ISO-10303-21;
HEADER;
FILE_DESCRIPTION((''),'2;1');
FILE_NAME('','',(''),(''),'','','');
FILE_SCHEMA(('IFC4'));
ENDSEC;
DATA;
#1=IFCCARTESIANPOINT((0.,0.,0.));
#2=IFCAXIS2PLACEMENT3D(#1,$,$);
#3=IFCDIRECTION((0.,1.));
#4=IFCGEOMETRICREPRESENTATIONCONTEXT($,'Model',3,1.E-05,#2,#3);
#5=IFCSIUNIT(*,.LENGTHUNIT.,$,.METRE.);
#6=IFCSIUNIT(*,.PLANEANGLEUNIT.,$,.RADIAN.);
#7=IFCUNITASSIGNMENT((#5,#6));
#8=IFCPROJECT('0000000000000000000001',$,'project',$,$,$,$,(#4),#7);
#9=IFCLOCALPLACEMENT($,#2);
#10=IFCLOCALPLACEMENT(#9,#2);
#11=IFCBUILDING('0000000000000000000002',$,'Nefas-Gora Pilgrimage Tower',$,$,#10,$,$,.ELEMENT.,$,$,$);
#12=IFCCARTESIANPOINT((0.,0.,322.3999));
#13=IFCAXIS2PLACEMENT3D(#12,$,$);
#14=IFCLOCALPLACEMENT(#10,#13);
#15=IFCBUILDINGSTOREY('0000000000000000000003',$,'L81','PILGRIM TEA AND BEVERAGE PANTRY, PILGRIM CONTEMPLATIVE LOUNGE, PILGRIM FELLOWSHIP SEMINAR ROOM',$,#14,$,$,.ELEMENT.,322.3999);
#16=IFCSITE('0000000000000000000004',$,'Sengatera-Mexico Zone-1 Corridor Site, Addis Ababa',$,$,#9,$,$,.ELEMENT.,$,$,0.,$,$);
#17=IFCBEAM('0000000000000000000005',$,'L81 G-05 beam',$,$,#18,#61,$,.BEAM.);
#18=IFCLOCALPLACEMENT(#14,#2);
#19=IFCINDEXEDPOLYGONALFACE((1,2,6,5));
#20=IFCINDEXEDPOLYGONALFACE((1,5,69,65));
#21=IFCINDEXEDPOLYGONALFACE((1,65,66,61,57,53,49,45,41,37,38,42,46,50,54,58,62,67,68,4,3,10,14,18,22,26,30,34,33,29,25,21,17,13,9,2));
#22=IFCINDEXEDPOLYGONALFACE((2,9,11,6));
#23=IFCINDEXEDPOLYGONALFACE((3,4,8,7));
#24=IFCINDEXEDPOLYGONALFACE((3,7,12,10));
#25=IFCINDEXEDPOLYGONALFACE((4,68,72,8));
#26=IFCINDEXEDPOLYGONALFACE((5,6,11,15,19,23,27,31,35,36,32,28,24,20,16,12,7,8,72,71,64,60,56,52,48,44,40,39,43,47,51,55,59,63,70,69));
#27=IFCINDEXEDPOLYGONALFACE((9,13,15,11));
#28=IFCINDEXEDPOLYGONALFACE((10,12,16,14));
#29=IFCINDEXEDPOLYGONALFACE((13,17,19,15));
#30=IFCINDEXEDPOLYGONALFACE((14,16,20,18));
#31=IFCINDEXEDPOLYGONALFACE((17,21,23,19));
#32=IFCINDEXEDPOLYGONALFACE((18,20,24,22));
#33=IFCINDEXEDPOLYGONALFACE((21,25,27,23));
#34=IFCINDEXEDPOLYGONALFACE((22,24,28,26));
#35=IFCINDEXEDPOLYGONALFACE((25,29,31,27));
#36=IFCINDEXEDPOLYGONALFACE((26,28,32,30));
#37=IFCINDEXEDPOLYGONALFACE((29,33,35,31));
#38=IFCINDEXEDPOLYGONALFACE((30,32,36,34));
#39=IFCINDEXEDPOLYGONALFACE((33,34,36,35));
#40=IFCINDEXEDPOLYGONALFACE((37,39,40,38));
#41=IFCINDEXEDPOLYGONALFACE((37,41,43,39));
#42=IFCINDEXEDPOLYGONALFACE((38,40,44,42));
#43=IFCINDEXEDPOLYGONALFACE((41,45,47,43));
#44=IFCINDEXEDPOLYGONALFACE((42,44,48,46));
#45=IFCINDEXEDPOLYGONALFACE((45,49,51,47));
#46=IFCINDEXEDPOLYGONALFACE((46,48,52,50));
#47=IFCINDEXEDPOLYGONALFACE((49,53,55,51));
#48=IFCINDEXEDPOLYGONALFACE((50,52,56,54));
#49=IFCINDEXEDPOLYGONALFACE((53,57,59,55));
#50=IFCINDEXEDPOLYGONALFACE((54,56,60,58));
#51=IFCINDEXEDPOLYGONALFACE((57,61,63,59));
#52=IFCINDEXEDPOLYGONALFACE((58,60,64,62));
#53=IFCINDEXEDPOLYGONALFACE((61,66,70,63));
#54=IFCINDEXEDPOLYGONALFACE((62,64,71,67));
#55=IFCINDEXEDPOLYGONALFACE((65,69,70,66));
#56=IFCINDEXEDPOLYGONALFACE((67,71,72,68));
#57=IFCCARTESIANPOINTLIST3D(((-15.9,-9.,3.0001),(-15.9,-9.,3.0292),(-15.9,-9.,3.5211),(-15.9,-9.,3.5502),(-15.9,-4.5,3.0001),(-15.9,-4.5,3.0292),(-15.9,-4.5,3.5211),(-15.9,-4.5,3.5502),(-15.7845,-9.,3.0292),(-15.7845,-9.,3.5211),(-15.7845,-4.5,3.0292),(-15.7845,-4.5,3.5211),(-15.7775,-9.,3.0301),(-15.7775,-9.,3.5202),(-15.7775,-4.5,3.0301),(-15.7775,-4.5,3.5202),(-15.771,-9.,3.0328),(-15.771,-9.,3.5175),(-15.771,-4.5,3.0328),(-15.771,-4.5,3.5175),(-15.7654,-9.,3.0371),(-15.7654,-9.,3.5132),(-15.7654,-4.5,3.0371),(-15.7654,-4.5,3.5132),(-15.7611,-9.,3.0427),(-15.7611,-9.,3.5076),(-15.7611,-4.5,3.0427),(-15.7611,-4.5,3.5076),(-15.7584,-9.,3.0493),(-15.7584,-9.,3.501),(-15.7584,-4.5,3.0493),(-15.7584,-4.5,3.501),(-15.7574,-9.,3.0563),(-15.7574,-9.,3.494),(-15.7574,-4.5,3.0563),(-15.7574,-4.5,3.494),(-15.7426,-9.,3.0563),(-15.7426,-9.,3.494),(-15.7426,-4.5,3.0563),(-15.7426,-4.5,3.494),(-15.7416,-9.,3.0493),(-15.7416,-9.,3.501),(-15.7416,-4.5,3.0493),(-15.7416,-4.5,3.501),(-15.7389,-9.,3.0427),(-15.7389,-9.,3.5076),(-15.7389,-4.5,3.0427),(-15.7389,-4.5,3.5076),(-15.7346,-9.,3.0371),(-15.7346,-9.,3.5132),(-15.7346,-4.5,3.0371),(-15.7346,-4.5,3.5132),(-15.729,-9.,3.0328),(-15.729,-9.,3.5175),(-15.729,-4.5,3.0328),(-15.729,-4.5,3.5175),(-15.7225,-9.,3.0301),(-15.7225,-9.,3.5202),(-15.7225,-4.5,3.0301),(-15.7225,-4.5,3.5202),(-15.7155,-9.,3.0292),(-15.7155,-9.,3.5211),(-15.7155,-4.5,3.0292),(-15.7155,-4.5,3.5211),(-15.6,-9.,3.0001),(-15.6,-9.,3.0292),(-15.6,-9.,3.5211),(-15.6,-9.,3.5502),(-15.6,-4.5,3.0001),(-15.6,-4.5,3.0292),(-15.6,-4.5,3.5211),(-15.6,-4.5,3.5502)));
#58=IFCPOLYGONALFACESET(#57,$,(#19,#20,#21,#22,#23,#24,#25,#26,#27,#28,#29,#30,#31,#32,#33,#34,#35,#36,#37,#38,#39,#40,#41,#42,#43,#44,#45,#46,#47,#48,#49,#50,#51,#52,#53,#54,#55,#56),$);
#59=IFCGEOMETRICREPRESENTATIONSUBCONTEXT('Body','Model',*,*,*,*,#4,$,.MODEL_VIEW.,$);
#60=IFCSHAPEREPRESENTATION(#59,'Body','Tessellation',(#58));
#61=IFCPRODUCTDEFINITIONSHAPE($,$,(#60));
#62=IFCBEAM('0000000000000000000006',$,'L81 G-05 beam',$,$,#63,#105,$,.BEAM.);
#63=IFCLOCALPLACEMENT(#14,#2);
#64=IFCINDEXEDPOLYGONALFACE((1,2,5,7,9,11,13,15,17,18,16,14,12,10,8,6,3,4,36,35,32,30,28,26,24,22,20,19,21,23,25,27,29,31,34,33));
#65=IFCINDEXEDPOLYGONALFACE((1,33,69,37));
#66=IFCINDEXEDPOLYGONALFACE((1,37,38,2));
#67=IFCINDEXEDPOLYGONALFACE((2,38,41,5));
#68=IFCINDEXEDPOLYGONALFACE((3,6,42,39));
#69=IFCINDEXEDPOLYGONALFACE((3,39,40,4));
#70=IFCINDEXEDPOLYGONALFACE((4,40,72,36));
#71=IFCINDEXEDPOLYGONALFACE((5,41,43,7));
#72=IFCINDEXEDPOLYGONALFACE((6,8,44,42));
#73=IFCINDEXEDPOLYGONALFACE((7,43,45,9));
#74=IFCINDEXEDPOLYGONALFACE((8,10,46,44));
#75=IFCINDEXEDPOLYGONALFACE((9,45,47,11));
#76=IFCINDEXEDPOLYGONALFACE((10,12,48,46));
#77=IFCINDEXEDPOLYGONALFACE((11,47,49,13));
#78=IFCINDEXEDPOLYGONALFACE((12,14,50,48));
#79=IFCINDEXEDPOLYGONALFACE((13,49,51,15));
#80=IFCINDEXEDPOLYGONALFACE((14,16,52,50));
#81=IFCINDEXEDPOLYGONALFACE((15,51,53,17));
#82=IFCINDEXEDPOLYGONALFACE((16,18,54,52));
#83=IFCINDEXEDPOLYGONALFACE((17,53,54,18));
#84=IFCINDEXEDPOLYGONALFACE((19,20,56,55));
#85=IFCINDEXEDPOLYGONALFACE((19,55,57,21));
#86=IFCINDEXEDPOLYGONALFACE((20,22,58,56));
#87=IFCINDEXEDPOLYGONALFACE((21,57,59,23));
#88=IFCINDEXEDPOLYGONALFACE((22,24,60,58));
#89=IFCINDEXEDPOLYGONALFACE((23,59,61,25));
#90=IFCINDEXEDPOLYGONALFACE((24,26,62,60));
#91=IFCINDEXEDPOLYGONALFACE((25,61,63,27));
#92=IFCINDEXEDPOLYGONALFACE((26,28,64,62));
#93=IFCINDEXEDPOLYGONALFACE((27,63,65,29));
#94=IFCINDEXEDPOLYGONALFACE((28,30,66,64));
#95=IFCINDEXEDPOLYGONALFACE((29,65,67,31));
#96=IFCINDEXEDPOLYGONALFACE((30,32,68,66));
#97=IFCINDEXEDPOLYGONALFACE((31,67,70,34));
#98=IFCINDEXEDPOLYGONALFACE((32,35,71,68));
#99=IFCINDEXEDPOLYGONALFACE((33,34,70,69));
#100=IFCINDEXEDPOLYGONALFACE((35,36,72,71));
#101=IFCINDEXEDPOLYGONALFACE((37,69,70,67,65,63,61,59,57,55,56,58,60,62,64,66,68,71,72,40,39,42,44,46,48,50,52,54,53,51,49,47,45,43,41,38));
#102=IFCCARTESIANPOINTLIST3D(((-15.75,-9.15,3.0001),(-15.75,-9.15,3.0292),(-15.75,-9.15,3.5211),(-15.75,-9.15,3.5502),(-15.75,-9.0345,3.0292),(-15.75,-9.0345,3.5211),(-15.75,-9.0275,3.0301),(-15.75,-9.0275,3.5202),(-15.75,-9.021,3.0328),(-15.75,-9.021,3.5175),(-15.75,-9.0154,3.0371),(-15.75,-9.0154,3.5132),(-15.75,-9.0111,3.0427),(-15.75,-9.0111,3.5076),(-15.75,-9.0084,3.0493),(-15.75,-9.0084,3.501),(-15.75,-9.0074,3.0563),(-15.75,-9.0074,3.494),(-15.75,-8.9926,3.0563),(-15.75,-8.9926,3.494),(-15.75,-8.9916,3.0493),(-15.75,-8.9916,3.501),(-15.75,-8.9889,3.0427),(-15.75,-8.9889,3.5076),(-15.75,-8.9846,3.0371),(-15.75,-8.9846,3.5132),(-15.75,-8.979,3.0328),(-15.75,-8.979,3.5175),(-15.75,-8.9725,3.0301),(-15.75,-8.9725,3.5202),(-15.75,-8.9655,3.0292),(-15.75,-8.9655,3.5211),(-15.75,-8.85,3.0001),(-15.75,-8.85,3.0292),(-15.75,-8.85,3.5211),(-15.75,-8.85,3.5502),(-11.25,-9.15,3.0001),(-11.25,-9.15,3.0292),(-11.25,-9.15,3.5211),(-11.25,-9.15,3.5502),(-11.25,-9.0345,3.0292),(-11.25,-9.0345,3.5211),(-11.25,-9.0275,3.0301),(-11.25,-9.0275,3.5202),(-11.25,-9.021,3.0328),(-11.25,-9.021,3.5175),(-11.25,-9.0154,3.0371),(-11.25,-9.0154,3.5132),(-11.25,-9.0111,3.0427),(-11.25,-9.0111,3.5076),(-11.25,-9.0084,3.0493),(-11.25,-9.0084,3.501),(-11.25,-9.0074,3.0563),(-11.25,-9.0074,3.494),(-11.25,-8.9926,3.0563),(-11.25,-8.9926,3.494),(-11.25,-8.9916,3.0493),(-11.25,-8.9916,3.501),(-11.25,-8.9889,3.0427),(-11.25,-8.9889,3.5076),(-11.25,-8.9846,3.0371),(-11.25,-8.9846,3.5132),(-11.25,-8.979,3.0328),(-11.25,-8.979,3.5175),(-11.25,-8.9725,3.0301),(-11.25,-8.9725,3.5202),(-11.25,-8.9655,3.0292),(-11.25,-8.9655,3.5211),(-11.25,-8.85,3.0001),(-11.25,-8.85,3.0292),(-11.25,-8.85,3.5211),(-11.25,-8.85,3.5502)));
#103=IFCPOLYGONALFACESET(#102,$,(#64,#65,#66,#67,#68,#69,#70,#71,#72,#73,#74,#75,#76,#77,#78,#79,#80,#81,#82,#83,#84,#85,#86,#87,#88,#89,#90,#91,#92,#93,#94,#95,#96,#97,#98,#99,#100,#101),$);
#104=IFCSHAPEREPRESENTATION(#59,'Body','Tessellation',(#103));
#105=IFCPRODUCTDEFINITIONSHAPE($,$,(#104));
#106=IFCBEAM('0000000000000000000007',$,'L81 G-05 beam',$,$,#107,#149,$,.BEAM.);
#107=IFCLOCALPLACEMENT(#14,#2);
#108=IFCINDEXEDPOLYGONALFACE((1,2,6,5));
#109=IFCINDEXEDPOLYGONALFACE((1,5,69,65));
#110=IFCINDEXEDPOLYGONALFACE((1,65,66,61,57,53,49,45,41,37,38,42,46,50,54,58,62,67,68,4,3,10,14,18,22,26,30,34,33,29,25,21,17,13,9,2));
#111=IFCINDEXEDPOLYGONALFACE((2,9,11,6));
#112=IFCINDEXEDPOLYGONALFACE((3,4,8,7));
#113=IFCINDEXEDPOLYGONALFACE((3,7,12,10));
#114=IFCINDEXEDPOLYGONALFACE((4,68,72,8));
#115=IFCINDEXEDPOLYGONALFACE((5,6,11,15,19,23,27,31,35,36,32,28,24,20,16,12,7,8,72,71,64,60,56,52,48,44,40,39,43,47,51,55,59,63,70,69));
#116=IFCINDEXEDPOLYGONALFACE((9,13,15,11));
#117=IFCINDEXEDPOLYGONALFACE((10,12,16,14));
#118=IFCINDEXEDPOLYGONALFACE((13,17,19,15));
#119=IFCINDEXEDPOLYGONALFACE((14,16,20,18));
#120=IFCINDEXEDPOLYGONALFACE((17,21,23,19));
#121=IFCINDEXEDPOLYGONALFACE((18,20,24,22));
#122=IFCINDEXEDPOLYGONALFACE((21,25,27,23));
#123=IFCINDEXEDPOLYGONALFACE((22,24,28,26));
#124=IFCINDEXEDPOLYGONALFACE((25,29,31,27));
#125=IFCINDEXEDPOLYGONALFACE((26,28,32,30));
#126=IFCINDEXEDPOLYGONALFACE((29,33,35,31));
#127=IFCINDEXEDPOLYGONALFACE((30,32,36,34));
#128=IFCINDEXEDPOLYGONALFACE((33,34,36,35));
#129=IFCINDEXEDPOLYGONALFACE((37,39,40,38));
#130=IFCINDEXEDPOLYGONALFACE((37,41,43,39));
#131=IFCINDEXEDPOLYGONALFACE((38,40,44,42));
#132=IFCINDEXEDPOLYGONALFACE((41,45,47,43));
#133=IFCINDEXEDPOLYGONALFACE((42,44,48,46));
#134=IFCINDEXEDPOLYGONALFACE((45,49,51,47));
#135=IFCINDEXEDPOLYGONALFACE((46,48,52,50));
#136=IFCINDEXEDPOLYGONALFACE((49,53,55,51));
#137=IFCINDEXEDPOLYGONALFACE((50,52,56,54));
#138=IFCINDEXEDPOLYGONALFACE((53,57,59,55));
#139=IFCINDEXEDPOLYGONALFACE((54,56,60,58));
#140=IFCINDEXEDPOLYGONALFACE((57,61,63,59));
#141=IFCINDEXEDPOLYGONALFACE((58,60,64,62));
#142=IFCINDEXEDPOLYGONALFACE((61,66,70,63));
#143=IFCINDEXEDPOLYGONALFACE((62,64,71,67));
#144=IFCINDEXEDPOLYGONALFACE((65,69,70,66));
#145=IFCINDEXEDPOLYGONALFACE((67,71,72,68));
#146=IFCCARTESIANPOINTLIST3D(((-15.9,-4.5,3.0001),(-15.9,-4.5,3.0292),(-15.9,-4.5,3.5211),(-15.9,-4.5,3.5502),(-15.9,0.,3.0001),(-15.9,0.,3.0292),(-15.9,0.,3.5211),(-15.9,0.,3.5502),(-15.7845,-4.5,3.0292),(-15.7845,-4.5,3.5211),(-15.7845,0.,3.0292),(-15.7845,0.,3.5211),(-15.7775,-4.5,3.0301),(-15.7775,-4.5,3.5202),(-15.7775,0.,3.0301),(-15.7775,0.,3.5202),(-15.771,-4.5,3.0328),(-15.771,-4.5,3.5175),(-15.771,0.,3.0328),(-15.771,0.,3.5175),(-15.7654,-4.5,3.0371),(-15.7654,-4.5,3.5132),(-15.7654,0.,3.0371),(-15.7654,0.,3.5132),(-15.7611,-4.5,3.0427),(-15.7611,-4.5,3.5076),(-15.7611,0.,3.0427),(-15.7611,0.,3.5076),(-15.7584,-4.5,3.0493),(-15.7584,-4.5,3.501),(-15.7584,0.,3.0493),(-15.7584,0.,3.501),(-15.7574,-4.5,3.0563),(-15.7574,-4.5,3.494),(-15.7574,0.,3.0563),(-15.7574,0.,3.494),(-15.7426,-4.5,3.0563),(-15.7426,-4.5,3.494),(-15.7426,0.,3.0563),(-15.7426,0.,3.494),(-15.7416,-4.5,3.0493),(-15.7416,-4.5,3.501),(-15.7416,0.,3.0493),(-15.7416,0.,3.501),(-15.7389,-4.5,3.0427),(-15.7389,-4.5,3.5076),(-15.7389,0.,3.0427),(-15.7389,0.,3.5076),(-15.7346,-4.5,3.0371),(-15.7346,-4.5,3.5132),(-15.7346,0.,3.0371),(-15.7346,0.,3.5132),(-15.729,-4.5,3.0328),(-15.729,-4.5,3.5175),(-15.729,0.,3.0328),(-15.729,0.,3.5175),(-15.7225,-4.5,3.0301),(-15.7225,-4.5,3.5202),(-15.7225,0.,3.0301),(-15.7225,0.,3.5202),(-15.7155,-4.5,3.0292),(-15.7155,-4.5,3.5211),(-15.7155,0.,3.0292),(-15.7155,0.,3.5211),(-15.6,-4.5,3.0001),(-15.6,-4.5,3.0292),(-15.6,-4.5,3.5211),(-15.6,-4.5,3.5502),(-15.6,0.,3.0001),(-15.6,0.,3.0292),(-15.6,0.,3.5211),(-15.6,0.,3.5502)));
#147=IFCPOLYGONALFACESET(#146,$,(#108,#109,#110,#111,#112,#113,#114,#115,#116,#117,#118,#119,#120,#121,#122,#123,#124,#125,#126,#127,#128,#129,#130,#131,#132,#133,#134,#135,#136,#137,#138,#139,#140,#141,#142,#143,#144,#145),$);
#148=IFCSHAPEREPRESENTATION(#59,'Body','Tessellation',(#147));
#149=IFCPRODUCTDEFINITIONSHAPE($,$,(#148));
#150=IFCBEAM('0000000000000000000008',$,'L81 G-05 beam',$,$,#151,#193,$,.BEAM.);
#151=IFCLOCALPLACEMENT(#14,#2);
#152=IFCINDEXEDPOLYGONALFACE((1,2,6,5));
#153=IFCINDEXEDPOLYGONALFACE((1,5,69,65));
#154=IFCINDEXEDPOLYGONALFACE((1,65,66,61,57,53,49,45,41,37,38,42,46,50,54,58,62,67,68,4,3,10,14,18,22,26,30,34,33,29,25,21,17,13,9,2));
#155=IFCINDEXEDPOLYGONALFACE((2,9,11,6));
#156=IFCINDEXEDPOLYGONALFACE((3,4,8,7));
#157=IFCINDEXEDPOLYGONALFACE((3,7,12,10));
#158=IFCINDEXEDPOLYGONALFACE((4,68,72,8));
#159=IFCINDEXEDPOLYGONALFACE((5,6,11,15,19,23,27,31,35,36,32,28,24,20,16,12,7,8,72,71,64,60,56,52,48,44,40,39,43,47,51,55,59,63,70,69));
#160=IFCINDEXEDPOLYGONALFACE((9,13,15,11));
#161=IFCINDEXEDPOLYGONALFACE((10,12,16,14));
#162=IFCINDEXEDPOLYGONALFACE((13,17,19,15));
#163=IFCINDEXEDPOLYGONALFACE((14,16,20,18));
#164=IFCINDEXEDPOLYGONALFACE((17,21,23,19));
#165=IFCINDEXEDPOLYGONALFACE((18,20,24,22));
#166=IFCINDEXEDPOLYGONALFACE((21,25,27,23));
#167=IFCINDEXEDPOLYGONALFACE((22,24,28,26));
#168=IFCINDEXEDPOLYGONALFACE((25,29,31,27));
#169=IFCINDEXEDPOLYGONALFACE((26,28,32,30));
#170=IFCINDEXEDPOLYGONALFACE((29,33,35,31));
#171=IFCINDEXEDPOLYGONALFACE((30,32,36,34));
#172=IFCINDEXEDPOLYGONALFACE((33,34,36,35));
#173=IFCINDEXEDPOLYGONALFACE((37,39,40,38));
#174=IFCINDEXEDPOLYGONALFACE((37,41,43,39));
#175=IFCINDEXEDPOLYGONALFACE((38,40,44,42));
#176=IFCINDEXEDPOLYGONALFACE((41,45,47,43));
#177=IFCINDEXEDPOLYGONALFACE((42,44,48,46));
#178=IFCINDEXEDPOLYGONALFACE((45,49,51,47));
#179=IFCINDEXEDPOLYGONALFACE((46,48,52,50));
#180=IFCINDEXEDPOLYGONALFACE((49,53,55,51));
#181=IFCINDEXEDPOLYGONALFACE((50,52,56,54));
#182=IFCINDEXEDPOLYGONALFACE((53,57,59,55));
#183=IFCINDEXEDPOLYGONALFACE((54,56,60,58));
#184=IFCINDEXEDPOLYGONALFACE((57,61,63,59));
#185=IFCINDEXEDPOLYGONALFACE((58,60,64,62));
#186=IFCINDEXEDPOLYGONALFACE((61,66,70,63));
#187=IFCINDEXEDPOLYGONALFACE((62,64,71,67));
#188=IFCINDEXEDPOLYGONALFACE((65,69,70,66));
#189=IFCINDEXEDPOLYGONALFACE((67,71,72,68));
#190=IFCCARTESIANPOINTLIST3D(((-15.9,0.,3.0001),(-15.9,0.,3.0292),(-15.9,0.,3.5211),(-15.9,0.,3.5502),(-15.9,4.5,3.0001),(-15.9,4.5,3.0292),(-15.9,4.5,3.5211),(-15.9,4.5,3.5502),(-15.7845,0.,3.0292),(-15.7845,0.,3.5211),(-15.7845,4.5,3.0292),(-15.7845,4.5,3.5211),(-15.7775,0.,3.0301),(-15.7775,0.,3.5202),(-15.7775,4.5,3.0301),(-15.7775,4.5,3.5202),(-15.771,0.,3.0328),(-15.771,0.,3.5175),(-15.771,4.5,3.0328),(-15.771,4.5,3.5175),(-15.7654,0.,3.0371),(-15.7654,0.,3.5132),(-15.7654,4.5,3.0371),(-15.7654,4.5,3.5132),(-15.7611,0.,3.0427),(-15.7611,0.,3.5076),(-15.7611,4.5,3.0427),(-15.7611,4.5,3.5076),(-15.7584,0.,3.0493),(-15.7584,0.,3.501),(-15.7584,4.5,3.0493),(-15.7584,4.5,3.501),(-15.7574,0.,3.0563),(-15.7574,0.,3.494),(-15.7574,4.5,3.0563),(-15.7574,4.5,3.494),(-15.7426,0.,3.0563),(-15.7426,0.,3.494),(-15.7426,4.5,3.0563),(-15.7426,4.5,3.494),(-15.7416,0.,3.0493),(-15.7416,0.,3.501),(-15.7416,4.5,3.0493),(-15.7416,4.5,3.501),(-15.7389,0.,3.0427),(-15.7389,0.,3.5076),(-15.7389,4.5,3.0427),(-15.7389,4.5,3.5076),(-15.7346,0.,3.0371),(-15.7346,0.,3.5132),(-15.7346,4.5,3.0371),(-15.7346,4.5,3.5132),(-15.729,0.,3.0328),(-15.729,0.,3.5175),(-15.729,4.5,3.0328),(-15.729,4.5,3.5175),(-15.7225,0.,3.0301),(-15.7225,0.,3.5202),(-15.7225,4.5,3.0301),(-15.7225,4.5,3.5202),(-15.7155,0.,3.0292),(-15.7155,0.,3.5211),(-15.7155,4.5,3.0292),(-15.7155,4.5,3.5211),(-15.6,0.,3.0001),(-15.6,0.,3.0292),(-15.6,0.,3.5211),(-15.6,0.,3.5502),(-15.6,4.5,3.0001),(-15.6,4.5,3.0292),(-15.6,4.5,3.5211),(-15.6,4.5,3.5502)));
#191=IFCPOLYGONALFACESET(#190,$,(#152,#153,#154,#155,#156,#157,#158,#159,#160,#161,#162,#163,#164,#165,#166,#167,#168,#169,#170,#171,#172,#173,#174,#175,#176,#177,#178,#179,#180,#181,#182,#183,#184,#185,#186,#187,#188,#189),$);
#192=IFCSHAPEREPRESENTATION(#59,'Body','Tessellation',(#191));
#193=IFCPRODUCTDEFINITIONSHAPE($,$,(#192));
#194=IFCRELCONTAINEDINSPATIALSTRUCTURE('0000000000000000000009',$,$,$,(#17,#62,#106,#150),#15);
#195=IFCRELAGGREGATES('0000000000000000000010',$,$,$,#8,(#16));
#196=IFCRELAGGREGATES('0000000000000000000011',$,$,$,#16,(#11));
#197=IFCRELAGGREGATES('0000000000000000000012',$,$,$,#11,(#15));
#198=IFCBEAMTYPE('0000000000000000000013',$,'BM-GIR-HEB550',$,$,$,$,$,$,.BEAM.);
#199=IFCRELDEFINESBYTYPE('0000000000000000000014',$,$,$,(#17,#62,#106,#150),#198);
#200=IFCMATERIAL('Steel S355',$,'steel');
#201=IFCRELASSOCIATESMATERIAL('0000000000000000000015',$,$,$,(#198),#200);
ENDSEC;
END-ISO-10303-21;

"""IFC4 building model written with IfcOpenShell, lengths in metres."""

from ifc_helpers import new_model, si_unit, direction, frame, origin, origin_2d, place, context, subcontext, project, spatial, i_section, extrude, source, transform, mapped, material, material_profile, profile_set, type_object, element, save


model = new_model("IFC4")

# Units and contexts
model_context = context("Model", 3, precision=1e-05, world=origin(), true_north=direction((0.0, 1.0)))
body_context = subcontext(model_context, "Body", "Model", "MODEL_VIEW")
ifc_project = project(units=[si_unit("LENGTHUNIT", "METRE"), si_unit("PLANEANGLEUNIT", "RADIAN")], contexts=[model_context])

# Site, building, storey
site_placement = place(None, origin())
site = spatial("IfcSite", under=ifc_project, at=site_placement, Name="Sengatera-Mexico Zone-1 Corridor Site, Addis Ababa", CompositionType="ELEMENT", RefElevation=0.0)
building_placement = place(site_placement, origin())
building = spatial("IfcBuilding", under=site, at=building_placement, Name="Nefas-Gora Pilgrimage Tower", CompositionType="ELEMENT")
storey_placement = place(building_placement, frame((0.0, 0.0, 322.3999)))
storey = spatial("IfcBuildingStorey", under=building, at=storey_placement, Name="L81", Description="PILGRIM TEA AND BEVERAGE PANTRY, PILGRIM CONTEMPLATIVE LOUNGE, PILGRIM FELLOWSHIP SEMINAR ROOM", CompositionType="ELEMENT", Elevation=322.3999)

# Shared definitions
ifc_material_1 = material(Name="Steel S355", Category="steel")

# Beams
ifc_material_profile_1 = material_profile(ifc_material_1, i_section(OverallWidth=0.3, OverallDepth=0.55, WebThickness=0.0149, FlangeThickness=0.0291, FilletRadius=0.0271, at=origin_2d()), Name="HEB 550")
ifc_profile_set_1 = profile_set([ifc_material_profile_1], Name="Steel S355")
beam_type_1 = type_object("IfcBeamType", Name="BM-GIR-HEB550", PredefinedType="BEAM", material=ifc_profile_set_1)
shared_shape_1 = source(origin(), body_context, "Body", "SweptSolid", [
    extrude(i_section(OverallWidth=0.3, OverallDepth=0.55, WebThickness=0.0149, FlangeThickness=0.0291, FilletRadius=0.0271, at=origin_2d()), origin(), (0.0, 0.0, 1.0), 4.5),
])
for number, where, z_axis, x_axis, name in (
    (1, (-15.75, -9.0, 3.2751), (0.0, 1.0, 0.0), (-1.0, 0.0, 0.0), "L81 G-05 beam"),
    (2, (-15.75, -9.0, 3.2751), (1.0, 0.0, 0.0), (0.0, 1.0, 0.0), "L81 G-05 beam"),
    (3, (-15.75, -4.5, 3.2751), (0.0, 1.0, 0.0), (-1.0, 0.0, 0.0), "L81 G-05 beam"),
    (4, (-15.75, 0.0, 3.2751), (0.0, 1.0, 0.0), (-1.0, 0.0, 0.0), "L81 G-05 beam"),
):
    element("IfcBeam", number, at=place(storey_placement, frame(where, z_axis=z_axis, x_axis=x_axis)), inside=storey, type_object=beam_type_1, Name=name, PredefinedType="BEAM", context=body_context, shape_type="MappedRepresentation", body=[
        mapped(shared_shape_1, transform((0.0, 0.0, 0.0), x_axis=(1.0, 0.0, 0.0), y_axis=(0.0, 1.0, 0.0), z_axis=(0.0, 0.0, 1.0), scale=1.0)),
    ])

save(model, "model.ifc")
